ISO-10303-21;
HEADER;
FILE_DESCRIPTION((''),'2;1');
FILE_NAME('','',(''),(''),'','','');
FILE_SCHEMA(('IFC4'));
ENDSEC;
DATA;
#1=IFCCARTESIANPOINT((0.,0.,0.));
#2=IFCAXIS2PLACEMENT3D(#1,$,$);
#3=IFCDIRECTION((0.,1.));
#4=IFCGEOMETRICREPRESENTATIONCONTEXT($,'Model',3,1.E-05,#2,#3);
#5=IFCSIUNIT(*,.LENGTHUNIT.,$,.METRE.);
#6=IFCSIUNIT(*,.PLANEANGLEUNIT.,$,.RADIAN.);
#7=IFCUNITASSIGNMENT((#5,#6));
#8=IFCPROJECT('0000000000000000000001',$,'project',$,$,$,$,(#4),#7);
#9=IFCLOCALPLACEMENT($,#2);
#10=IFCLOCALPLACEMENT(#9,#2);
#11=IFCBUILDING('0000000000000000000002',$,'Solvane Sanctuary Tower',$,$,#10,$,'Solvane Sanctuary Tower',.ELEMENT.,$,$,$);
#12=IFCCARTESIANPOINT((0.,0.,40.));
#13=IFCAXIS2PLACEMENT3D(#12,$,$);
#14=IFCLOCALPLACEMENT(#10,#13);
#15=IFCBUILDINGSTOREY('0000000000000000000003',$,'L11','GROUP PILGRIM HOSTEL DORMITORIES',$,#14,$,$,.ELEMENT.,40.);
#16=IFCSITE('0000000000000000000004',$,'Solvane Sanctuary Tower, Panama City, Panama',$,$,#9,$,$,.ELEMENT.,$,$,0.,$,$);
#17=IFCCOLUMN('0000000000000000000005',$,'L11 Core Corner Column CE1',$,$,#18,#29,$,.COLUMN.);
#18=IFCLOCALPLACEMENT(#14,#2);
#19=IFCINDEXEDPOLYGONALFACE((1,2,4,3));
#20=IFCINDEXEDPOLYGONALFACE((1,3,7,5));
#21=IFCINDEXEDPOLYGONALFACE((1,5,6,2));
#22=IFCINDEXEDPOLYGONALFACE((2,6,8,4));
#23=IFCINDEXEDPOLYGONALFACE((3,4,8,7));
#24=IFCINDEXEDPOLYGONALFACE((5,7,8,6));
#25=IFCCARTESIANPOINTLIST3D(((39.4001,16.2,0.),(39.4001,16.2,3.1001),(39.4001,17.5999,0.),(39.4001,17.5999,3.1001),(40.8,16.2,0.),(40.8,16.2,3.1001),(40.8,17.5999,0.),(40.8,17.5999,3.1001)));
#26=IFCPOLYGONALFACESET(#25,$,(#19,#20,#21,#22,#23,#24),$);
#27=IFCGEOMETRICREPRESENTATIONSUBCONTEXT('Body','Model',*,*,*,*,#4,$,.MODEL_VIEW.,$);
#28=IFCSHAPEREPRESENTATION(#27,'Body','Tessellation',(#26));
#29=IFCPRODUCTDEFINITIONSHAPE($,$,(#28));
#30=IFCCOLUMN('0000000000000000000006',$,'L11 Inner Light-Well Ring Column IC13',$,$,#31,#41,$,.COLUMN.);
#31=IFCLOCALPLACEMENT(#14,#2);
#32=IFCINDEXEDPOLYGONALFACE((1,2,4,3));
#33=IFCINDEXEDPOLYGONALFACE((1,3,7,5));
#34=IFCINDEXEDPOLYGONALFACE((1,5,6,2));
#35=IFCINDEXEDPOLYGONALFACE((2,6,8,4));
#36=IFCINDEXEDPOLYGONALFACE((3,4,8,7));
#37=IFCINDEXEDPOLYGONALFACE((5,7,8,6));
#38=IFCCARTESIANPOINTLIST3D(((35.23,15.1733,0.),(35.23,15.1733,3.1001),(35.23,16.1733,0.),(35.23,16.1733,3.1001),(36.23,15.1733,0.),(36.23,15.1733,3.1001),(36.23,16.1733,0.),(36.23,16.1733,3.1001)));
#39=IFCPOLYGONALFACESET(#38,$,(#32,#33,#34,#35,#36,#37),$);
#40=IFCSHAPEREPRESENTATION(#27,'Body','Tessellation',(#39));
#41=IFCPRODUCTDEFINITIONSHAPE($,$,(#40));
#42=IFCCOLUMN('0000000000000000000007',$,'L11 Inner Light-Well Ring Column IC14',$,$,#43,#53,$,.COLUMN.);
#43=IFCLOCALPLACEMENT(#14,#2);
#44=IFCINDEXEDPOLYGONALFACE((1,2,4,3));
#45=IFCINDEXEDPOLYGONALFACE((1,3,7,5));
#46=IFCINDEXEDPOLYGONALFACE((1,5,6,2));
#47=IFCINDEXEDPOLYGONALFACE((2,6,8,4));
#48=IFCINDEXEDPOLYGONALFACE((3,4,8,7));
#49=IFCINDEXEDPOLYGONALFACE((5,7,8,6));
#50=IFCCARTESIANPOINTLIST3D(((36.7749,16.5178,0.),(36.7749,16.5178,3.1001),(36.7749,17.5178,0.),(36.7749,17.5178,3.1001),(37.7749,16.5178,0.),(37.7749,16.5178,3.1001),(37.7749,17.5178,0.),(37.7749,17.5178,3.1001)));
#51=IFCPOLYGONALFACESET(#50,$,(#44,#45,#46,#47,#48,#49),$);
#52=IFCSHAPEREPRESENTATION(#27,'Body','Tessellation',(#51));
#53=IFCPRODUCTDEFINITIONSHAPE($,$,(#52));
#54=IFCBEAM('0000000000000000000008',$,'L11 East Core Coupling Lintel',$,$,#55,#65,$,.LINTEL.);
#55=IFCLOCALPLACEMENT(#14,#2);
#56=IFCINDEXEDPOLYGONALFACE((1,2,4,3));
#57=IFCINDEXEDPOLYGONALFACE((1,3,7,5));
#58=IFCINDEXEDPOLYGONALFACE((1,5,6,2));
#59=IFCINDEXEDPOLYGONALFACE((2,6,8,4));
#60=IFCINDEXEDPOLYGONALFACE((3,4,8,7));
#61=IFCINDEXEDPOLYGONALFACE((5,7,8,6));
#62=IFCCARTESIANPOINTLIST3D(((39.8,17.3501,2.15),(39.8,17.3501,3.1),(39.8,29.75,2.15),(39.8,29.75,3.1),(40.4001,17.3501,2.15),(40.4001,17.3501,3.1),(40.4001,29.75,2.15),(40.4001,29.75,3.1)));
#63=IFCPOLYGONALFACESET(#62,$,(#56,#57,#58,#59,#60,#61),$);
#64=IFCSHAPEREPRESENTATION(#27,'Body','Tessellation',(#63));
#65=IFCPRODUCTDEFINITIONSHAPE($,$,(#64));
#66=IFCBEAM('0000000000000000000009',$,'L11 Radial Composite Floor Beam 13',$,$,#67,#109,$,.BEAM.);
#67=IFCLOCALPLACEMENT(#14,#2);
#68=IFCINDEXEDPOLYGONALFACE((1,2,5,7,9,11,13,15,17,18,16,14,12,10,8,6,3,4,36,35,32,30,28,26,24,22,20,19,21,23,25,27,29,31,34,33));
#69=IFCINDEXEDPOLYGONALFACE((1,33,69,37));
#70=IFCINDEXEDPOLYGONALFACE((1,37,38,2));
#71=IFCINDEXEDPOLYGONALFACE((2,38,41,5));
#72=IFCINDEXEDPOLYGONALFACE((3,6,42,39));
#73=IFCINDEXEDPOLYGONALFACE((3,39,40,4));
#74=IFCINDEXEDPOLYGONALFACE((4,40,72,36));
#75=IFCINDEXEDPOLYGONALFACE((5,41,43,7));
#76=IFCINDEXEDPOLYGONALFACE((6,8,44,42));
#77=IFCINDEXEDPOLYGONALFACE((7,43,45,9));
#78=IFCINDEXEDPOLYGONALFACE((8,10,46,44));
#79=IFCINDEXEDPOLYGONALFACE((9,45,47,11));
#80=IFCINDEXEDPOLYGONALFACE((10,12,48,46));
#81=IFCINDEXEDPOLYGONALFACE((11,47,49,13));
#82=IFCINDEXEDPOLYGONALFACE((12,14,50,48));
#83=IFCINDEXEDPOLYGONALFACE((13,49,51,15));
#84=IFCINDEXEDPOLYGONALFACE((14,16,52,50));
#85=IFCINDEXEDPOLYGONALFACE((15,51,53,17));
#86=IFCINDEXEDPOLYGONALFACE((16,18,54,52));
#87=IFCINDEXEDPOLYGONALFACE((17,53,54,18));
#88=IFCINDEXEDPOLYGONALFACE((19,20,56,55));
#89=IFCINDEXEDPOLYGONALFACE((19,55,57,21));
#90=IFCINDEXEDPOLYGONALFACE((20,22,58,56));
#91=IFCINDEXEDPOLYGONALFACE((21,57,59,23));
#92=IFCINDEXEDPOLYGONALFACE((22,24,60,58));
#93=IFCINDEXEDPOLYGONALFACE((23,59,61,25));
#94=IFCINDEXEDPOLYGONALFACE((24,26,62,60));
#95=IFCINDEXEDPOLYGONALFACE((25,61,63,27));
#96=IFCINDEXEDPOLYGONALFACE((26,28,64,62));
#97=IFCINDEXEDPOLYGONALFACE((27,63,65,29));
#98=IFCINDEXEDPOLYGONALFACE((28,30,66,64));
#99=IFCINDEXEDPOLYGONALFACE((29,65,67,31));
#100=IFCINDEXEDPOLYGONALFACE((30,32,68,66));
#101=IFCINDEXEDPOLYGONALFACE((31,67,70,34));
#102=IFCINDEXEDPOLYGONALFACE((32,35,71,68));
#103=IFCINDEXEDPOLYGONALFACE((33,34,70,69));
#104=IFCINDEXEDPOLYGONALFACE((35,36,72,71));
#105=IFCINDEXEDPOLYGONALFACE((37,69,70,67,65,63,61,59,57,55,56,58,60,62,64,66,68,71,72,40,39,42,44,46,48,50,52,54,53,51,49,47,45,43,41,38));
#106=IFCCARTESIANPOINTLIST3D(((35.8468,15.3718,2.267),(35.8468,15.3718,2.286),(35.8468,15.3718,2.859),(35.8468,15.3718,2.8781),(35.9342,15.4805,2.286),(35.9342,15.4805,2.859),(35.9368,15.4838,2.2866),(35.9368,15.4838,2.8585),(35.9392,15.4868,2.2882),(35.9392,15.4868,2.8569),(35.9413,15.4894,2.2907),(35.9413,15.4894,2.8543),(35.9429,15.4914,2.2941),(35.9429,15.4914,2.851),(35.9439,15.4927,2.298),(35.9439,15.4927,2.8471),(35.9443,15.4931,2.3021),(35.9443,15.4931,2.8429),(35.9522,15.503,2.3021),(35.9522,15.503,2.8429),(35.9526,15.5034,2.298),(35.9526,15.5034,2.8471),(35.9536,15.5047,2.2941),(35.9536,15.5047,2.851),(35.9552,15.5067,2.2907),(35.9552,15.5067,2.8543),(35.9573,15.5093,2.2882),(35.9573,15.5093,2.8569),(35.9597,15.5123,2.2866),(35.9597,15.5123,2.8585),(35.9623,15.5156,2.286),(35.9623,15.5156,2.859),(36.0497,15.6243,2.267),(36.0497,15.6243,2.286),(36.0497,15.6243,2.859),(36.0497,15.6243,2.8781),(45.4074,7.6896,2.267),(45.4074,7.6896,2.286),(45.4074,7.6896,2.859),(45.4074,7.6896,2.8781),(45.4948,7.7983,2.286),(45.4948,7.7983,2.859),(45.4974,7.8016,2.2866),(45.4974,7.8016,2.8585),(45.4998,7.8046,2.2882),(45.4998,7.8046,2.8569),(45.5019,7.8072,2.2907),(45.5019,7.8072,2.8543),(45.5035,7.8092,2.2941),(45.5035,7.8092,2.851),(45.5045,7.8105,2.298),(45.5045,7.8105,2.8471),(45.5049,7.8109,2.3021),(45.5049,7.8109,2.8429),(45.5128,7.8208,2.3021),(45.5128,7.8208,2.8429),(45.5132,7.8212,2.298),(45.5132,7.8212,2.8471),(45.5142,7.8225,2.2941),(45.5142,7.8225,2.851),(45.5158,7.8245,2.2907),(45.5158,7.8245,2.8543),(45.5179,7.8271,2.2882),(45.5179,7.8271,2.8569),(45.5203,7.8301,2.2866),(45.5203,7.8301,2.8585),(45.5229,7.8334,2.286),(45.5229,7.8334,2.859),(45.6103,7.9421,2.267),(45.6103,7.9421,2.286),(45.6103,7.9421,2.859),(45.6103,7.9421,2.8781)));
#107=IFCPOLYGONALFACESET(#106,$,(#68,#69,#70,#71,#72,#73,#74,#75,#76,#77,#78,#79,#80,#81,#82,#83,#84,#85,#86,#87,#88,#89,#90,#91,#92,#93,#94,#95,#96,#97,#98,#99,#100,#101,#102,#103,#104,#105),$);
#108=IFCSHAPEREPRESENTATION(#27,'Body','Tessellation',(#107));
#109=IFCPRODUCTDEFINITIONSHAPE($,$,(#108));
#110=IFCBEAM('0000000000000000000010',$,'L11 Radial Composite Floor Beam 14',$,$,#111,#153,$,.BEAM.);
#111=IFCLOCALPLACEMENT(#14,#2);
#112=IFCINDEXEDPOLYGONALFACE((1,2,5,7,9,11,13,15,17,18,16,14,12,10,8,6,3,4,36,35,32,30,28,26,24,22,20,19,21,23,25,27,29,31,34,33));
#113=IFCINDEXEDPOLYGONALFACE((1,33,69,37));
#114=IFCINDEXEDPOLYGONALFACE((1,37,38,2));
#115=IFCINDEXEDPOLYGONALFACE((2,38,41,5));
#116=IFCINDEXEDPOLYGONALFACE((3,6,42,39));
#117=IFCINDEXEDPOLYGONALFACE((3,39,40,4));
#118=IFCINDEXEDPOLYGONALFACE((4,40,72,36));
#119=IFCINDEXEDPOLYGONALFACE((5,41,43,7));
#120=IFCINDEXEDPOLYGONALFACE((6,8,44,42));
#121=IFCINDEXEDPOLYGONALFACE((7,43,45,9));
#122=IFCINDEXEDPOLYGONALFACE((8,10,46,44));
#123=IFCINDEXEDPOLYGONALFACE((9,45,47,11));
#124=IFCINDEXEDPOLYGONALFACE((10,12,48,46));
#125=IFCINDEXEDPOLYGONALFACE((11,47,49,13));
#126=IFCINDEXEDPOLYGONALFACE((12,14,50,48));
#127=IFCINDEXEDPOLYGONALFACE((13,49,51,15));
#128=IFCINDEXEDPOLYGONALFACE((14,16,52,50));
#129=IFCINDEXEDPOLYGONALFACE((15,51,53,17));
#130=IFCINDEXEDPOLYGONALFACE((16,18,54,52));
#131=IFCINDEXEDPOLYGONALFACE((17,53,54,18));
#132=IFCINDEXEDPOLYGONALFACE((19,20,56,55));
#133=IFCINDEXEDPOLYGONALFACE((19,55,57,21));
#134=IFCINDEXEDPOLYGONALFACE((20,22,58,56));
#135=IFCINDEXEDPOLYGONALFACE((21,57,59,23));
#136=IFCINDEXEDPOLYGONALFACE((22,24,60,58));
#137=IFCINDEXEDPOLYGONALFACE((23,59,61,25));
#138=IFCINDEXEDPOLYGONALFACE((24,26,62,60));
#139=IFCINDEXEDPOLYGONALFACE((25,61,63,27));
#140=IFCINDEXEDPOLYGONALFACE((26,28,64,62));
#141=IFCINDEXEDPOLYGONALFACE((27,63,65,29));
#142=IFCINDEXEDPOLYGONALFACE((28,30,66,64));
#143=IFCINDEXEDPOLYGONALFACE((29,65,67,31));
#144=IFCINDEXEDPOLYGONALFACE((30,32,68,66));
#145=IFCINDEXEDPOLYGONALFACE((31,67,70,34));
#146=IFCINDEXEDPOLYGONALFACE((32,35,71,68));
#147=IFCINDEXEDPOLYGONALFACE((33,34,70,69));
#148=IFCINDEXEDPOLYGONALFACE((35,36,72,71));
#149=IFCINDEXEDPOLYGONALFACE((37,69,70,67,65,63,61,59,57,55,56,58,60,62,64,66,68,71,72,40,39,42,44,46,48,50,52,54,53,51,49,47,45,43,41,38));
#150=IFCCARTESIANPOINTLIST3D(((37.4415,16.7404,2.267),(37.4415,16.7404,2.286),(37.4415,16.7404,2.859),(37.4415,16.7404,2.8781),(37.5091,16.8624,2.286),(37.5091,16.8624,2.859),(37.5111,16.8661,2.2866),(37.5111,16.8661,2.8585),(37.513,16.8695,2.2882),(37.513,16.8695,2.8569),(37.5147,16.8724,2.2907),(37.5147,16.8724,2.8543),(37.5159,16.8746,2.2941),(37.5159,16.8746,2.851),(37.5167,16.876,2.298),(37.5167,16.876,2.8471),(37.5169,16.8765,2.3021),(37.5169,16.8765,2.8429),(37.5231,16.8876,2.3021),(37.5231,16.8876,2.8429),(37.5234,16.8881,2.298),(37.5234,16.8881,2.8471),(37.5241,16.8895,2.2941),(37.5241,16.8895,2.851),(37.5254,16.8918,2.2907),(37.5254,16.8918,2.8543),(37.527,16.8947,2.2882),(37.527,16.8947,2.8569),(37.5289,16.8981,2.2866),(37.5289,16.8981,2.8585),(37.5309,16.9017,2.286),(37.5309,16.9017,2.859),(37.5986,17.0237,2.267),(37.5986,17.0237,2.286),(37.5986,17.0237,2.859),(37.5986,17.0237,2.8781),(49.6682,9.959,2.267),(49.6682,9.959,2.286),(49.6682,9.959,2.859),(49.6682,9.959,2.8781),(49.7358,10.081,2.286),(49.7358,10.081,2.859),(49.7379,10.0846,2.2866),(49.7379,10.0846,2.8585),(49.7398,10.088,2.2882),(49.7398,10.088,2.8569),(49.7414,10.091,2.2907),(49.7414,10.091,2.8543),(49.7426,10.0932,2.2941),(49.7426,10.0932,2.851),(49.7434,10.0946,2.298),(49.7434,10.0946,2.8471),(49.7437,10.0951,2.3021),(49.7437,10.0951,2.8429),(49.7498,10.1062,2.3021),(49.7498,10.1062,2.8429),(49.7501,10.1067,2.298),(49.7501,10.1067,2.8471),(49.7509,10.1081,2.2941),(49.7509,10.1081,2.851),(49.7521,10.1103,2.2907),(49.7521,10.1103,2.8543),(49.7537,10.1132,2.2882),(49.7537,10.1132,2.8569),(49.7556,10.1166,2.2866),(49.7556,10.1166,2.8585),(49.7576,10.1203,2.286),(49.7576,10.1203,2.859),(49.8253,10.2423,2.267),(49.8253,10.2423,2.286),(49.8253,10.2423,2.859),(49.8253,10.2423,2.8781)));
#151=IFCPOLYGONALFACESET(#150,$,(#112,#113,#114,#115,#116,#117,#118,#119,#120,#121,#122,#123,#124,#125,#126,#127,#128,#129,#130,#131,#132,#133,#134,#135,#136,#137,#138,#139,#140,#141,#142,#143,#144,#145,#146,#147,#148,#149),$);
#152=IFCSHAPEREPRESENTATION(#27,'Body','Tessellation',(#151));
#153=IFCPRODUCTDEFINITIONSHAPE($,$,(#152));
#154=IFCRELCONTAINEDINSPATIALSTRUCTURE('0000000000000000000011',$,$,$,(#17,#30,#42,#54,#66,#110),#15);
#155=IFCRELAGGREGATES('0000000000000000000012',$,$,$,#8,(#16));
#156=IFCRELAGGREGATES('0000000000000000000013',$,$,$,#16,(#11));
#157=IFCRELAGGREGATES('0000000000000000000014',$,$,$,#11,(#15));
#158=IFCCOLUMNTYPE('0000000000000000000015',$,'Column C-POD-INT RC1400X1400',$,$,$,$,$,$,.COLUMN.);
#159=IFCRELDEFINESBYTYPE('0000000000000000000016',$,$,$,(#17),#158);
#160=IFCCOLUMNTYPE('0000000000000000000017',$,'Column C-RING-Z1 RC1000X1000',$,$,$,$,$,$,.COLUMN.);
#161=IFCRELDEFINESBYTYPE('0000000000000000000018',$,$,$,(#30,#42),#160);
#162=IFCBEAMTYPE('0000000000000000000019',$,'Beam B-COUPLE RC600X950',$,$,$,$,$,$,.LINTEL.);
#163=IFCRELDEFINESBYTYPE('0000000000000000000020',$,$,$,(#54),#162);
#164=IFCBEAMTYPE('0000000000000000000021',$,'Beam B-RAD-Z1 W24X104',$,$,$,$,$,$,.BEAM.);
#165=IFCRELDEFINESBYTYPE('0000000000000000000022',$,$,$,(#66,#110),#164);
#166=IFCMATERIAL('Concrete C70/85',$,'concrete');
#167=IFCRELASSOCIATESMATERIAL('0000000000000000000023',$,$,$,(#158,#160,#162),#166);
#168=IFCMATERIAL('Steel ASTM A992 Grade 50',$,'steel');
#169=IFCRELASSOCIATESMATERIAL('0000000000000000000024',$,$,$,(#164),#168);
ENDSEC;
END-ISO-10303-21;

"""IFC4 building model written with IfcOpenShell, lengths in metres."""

from ifc_helpers import new_model, si_unit, direction, frame, origin, origin_2d, place, context, subcontext, project, spatial, rectangle, i_section, extrude, material, material_profile, profile_set, type_object, element, save


model = new_model("IFC4")

# Units and contexts
model_context = context("Model", 3, precision=1e-05, world=origin(), true_north=direction((0.0, 1.0)))
body_context = subcontext(model_context, "Body", "Model", "MODEL_VIEW")
ifc_project = project(units=[si_unit("LENGTHUNIT", "METRE"), si_unit("PLANEANGLEUNIT", "RADIAN")], contexts=[model_context])

# Site, building, storey
site_placement = place(None, origin())
site = spatial("IfcSite", under=ifc_project, at=site_placement, Name="Solvane Sanctuary Tower, Panama City, Panama", CompositionType="ELEMENT", RefElevation=0.0)
building_placement = place(site_placement, origin())
building = spatial("IfcBuilding", under=site, at=building_placement, Name="Solvane Sanctuary Tower", LongName="Solvane Sanctuary Tower", CompositionType="ELEMENT")
storey_placement = place(building_placement, frame((0.0, 0.0, 40.0)))
storey = spatial("IfcBuildingStorey", under=building, at=storey_placement, Name="L11", Description="GROUP PILGRIM HOSTEL DORMITORIES", CompositionType="ELEMENT", Elevation=40.0)

# Columns
ifc_material_1 = material(Name="Concrete C70/85", Category="concrete")
ifc_material_profile_1 = material_profile(ifc_material_1, rectangle(XDim=1.3999, YDim=1.3999, at=origin_2d()), Name="RC1400X1400")
ifc_profile_set_1 = profile_set([ifc_material_profile_1], Name="Concrete C70/85")
column_type_1 = type_object("IfcColumnType", Name="Column C-POD-INT RC1400X1400", PredefinedType="COLUMN", material=ifc_profile_set_1)
column_placement = place(storey_placement, frame((40.1001, 16.8999, 0.0), z_axis=(0.0, 0.0, 1.0), x_axis=(1.0, 0.0, 0.0)))
element("IfcColumn", 1, at=column_placement, inside=storey, type_object=column_type_1, Name="L11 Core Corner Column CE1", PredefinedType="COLUMN", context=body_context, shape_type="SweptSolid", body=[
    extrude(rectangle(XDim=1.3999, YDim=1.3999, at=origin_2d()), origin(), (0.0, 0.0, 1.0), 3.1001),
])
ifc_material_profile_2 = material_profile(ifc_material_1, rectangle(XDim=1.0, YDim=1.0, at=origin_2d()), Name="RC1000X1000")
ifc_profile_set_2 = profile_set([ifc_material_profile_2], Name="Concrete C70/85")
column_type_2 = type_object("IfcColumnType", Name="Column C-RING-Z1 RC1000X1000", PredefinedType="COLUMN", material=ifc_profile_set_2)
for number, where, z_axis, x_axis, name in (
    (2, (35.73, 15.6733, 0.0), (0.0, 0.0, 1.0), (1.0, 0.0, 0.0), "L11 Inner Light-Well Ring Column IC13"),
    (3, (37.2749, 17.0178, 0.0), (0.0, 0.0, 1.0), (1.0, 0.0, 0.0), "L11 Inner Light-Well Ring Column IC14"),
):
    element("IfcColumn", number, at=place(storey_placement, frame(where, z_axis=z_axis, x_axis=x_axis)), inside=storey, type_object=column_type_2, Name=name, PredefinedType="COLUMN", context=body_context, shape_type="SweptSolid", body=[
        extrude(rectangle(XDim=1.0, YDim=1.0, at=origin_2d()), origin(), (0.0, 0.0, 1.0), 3.1001),
    ])

# Beams
ifc_material_profile_3 = material_profile(ifc_material_1, rectangle(XDim=0.6001, YDim=0.95, at=origin_2d()), Name="RC600X950")
ifc_profile_set_3 = profile_set([ifc_material_profile_3], Name="Concrete C70/85")
beam_type_1 = type_object("IfcBeamType", Name="Beam B-COUPLE RC600X950", PredefinedType="LINTEL", material=ifc_profile_set_3)
beam_1_placement = place(storey_placement, frame((40.1001, 17.3501, 2.625), z_axis=(0.0, 1.0, 0.0), x_axis=(-1.0, 0.0, 0.0)))
element("IfcBeam", 4, at=beam_1_placement, inside=storey, type_object=beam_type_1, Name="L11 East Core Coupling Lintel", PredefinedType="LINTEL", context=body_context, shape_type="SweptSolid", body=[
    extrude(rectangle(XDim=0.6001, YDim=0.95, at=origin_2d()), origin(), (0.0, 0.0, 1.0), 12.3999),
])
ifc_material_2 = material(Name="Steel ASTM A992 Grade 50", Category="steel")
ifc_material_profile_4 = material_profile(ifc_material_2, i_section(OverallWidth=0.324, OverallDepth=0.6111, WebThickness=0.0127, FlangeThickness=0.019, FilletRadius=0.0161, at=origin_2d()), Name="W24X104")
ifc_profile_set_4 = profile_set([ifc_material_profile_4], Name="Steel ASTM A992 Grade 50")
beam_type_2 = type_object("IfcBeamType", Name="Beam B-RAD-Z1 W24X104", PredefinedType="BEAM", material=ifc_profile_set_4)
beam_2_placement = place(storey_placement, frame((35.9482, 15.498, 2.5725), z_axis=(0.779527, -0.626369, 0.0), x_axis=(0.626369, 0.779527, 0.0)))
element("IfcBeam", 5, at=beam_2_placement, inside=storey, type_object=beam_type_2, Name="L11 Radial Composite Floor Beam 13", PredefinedType="BEAM", context=body_context, shape_type="SweptSolid", body=[
    extrude(i_section(OverallWidth=0.324, OverallDepth=0.6111, WebThickness=0.0127, FlangeThickness=0.019, FilletRadius=0.0161, at=origin_2d()), origin(), (0.0, 0.0, 1.0), 12.2646),
])
beam_3_placement = place(storey_placement, frame((37.52, 16.8821, 2.5725), z_axis=(0.874496, -0.485032, 0.0), x_axis=(0.485032, 0.874496, 0.0)))
element("IfcBeam", 6, at=beam_3_placement, inside=storey, type_object=beam_type_2, Name="L11 Radial Composite Floor Beam 14", PredefinedType="BEAM", context=body_context, shape_type="SweptSolid", body=[
    extrude(i_section(OverallWidth=0.324, OverallDepth=0.6111, WebThickness=0.0127, FlangeThickness=0.019, FilletRadius=0.0161, at=origin_2d()), origin(), (0.0, 0.0, 1.0), 13.9814),
])

save(model, "model.ifc")
